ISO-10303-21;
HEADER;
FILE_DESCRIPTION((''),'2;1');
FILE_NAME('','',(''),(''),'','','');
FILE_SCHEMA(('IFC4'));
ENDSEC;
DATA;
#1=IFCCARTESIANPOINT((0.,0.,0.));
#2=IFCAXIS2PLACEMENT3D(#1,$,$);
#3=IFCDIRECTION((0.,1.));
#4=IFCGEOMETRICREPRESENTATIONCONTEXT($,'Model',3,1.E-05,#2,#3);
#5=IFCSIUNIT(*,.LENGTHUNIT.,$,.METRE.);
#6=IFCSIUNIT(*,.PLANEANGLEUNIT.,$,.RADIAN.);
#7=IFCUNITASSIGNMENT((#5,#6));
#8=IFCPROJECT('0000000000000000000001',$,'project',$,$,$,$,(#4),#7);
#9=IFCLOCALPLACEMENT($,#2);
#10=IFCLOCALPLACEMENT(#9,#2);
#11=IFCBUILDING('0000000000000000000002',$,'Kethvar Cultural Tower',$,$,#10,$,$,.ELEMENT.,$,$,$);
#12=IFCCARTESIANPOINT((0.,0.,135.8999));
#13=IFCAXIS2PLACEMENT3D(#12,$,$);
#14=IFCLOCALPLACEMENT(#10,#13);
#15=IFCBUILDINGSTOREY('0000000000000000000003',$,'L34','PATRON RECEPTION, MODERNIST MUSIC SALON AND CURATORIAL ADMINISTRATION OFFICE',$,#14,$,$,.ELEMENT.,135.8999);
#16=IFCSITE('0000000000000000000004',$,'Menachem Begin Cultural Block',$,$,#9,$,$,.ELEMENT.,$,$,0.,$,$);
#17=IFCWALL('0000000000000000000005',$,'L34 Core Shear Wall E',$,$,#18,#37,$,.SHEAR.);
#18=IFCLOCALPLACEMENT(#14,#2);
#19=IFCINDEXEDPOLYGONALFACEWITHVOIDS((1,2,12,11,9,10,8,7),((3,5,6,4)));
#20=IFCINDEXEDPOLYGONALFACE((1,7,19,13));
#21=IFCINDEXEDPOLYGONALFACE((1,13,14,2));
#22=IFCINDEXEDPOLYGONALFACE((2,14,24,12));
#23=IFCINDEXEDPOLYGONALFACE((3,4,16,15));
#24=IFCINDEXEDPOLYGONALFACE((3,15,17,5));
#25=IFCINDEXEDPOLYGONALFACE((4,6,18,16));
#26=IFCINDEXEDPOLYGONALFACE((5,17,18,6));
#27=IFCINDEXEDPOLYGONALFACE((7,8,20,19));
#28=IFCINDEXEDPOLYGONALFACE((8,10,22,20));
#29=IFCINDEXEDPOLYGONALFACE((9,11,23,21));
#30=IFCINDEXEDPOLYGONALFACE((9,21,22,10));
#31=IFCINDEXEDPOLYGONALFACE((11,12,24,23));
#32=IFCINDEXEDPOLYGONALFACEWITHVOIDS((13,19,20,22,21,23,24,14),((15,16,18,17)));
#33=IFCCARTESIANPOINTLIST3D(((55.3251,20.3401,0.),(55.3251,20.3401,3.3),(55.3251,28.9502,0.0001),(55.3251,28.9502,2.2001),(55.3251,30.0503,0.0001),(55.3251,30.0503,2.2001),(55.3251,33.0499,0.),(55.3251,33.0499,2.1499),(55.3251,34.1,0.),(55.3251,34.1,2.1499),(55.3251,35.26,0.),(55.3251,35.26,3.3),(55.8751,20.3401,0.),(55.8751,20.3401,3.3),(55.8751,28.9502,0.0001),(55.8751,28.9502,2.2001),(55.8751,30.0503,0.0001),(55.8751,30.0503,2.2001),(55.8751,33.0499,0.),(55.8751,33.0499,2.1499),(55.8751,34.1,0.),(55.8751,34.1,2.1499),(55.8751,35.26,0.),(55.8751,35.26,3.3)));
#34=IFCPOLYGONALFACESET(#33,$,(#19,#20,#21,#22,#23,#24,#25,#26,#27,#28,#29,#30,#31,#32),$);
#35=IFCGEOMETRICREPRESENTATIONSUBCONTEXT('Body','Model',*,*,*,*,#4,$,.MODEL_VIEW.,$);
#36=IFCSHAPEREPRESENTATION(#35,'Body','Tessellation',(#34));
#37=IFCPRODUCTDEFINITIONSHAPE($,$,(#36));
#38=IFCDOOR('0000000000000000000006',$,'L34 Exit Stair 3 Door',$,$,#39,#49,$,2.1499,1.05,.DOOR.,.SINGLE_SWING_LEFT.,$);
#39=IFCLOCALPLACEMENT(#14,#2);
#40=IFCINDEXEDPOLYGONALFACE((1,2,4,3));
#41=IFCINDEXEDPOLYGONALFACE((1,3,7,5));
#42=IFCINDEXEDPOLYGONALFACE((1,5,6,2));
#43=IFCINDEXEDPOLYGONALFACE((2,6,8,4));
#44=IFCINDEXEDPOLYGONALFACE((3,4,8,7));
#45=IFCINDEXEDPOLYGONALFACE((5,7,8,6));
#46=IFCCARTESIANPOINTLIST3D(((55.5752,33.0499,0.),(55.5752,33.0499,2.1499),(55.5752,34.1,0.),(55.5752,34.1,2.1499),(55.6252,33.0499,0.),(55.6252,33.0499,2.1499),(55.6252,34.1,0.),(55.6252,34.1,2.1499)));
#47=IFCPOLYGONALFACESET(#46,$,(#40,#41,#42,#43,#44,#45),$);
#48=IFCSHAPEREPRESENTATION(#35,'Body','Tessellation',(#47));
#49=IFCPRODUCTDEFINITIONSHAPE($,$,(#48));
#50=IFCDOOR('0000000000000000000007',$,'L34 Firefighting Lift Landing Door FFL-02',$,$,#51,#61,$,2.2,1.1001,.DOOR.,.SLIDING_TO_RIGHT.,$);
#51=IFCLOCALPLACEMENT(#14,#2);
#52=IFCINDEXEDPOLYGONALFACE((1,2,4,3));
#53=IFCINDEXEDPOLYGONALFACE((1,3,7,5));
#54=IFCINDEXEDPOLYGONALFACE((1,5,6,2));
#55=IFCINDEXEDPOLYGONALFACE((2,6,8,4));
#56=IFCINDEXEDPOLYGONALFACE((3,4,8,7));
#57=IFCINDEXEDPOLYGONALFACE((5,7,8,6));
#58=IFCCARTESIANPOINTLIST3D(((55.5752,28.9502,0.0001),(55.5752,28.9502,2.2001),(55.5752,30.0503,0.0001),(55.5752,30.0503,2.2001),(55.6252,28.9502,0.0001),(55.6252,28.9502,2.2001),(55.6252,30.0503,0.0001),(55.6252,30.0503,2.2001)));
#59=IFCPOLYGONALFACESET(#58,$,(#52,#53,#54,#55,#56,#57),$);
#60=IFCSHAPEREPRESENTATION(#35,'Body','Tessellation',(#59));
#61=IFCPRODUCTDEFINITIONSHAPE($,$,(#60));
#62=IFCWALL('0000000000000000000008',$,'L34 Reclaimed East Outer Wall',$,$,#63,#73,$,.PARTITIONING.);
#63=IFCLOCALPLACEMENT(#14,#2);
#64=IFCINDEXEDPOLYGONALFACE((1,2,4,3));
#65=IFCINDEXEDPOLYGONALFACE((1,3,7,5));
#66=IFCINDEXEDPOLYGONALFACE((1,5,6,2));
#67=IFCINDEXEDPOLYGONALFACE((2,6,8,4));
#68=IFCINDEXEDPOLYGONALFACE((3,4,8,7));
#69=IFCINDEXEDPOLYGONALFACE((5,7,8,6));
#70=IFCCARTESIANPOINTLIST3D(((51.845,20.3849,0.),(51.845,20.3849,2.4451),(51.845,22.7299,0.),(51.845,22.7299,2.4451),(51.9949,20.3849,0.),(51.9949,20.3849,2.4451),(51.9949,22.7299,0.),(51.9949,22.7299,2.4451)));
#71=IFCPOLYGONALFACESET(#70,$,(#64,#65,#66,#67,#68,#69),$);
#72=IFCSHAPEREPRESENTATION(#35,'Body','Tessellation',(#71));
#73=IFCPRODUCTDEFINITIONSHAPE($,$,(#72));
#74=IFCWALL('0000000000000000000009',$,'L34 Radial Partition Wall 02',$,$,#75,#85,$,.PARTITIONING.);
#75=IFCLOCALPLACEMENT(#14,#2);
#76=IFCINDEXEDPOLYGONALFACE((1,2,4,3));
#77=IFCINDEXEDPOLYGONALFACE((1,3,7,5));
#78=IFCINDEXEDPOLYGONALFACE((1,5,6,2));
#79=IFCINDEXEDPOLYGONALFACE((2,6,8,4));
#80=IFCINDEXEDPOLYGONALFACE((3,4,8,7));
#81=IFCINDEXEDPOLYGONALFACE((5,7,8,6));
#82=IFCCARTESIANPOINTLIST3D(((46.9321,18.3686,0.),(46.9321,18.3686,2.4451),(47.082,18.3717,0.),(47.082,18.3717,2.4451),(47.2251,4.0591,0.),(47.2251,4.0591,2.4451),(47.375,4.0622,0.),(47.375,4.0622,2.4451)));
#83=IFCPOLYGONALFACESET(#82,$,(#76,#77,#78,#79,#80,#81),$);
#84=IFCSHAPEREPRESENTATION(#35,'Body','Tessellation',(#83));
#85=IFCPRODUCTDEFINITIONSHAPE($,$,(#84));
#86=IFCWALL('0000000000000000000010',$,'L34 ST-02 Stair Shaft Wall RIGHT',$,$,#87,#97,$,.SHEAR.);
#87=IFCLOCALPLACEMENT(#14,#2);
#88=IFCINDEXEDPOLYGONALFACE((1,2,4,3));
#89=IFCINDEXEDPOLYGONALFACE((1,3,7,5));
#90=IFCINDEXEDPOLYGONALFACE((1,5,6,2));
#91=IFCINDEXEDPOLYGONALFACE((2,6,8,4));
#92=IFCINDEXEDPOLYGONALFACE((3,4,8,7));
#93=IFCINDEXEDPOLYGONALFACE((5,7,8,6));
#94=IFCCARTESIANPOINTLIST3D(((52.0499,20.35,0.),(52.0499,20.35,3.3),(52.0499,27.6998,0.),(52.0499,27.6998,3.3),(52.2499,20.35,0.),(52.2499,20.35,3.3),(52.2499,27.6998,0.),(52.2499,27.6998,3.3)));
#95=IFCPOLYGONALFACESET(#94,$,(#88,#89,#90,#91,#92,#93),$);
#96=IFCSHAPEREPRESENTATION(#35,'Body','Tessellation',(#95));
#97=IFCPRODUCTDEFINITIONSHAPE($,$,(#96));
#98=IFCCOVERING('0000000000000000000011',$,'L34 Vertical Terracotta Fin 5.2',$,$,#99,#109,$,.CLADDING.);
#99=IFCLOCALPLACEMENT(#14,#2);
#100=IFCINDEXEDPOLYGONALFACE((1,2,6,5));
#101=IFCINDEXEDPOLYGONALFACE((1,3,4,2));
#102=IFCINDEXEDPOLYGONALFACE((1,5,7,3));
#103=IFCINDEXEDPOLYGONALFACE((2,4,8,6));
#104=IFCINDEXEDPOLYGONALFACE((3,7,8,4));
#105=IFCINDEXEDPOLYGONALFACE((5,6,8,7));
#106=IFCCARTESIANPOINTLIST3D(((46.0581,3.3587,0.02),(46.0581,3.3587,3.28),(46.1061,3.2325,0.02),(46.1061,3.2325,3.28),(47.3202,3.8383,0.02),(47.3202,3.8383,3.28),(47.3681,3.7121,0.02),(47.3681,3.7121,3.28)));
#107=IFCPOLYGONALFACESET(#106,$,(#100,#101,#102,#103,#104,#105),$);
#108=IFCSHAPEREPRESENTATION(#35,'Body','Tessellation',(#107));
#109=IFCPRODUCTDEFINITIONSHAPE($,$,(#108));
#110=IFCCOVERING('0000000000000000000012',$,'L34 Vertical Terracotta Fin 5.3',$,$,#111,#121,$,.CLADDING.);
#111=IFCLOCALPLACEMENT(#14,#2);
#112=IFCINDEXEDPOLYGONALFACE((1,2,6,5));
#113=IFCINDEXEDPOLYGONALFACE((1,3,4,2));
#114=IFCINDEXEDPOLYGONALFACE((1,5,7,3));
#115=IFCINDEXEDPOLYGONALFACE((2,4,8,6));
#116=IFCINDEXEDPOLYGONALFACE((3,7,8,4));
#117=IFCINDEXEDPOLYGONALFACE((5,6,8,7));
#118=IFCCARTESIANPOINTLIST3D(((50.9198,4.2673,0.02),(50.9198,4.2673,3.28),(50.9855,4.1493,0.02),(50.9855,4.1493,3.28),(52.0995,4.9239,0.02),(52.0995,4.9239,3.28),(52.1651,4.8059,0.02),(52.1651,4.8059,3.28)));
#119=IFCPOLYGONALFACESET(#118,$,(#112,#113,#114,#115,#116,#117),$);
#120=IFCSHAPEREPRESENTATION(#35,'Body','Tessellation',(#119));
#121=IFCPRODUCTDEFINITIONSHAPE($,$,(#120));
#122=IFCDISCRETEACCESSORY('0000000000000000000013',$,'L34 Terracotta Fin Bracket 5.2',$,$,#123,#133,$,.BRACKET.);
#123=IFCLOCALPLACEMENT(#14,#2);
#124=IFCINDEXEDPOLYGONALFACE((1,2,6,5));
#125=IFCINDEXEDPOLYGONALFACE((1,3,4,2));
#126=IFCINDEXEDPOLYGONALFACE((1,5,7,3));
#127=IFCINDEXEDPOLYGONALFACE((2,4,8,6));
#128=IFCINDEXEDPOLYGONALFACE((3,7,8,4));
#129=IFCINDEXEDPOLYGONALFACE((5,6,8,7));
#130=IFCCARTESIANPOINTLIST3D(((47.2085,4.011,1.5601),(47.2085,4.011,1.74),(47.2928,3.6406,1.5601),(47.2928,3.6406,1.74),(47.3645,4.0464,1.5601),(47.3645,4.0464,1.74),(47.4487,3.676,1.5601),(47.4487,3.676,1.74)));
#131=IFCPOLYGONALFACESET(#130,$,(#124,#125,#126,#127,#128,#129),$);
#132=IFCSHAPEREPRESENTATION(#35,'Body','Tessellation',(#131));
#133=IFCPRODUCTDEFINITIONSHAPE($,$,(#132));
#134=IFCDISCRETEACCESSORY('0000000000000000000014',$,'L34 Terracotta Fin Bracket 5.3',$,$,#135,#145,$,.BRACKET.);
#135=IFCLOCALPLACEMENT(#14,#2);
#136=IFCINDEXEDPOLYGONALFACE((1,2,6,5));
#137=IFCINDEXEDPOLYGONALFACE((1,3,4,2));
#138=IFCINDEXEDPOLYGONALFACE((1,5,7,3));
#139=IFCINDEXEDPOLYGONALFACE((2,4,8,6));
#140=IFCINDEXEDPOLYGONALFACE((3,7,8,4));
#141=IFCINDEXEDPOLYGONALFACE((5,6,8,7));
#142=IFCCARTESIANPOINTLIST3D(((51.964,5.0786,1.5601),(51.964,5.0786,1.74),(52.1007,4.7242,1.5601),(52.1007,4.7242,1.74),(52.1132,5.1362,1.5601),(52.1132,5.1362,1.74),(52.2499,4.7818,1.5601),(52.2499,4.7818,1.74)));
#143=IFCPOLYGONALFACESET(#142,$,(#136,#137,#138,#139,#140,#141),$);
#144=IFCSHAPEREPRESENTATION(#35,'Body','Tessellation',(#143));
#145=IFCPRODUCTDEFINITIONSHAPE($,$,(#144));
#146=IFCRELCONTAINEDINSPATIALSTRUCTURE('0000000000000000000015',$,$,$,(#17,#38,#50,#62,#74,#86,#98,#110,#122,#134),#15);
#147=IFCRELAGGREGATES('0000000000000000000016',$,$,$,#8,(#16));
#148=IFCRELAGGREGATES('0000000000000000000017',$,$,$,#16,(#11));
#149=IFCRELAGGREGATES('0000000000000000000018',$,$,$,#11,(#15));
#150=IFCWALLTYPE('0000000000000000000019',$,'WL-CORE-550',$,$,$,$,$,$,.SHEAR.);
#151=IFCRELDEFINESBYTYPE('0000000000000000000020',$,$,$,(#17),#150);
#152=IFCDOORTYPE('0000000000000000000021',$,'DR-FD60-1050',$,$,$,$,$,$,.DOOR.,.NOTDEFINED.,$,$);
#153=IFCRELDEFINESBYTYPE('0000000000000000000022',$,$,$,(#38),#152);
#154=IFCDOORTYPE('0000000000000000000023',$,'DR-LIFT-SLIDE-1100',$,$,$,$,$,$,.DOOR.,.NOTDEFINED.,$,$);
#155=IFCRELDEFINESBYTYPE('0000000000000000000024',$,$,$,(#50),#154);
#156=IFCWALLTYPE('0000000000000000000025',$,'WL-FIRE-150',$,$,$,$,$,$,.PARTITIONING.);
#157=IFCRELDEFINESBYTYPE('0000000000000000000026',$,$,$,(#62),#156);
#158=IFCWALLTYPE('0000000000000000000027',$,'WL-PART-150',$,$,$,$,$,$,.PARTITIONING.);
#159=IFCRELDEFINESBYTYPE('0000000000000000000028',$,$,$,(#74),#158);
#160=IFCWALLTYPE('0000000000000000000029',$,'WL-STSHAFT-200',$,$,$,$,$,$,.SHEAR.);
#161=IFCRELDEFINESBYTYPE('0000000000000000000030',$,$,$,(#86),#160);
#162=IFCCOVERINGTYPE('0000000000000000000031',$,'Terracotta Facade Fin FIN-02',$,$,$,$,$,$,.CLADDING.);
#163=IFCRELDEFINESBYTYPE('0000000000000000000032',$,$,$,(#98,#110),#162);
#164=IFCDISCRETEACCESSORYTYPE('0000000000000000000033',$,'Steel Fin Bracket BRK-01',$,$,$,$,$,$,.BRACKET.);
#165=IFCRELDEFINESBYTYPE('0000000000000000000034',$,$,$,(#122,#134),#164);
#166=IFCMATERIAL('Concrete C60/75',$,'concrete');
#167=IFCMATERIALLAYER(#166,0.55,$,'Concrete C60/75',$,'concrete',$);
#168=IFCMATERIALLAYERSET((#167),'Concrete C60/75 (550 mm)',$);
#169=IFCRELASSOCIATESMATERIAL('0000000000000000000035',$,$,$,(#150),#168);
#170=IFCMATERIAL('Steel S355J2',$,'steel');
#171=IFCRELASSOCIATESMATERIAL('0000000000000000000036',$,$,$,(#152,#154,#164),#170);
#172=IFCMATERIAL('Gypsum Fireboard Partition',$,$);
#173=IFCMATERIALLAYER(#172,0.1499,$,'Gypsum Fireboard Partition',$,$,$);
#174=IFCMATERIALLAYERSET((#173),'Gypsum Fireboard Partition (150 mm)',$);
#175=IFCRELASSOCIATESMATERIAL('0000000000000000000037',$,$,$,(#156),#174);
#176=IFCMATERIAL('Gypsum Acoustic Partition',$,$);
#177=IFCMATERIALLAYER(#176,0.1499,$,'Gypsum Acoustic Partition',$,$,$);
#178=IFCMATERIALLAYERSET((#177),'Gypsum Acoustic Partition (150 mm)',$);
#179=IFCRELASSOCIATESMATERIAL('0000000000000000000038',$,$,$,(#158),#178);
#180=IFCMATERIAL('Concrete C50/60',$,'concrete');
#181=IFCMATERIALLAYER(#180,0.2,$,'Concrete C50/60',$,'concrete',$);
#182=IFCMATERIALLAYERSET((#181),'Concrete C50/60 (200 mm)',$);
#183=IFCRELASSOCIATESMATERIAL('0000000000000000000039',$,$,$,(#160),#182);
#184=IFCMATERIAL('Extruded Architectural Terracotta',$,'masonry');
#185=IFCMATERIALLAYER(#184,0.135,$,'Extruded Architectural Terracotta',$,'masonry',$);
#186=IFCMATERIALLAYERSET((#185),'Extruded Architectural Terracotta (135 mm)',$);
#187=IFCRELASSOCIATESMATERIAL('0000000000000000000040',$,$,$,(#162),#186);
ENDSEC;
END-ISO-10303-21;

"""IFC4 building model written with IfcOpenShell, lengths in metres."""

from ifc_helpers import new_model, si_unit, direction, frame, frame_2d, origin, origin_2d, place, context, subcontext, project, spatial, rectangle, extrude, source, transform, mapped, material, layer, layer_set, type_object, element, fill, save


model = new_model("IFC4")

# Units and contexts
model_context = context("Model", 3, precision=1e-05, world=origin(), true_north=direction((0.0, 1.0)))
body_context = subcontext(model_context, "Body", "Model", "MODEL_VIEW")
ifc_project = project(units=[si_unit("LENGTHUNIT", "METRE"), si_unit("PLANEANGLEUNIT", "RADIAN")], contexts=[model_context])

# Site, building, storey
site_placement = place(None, origin())
site = spatial("IfcSite", under=ifc_project, at=site_placement, Name="Menachem Begin Cultural Block", CompositionType="ELEMENT", RefElevation=0.0)
building_placement = place(site_placement, origin())
building = spatial("IfcBuilding", under=site, at=building_placement, Name="Kethvar Cultural Tower", CompositionType="ELEMENT")
storey_placement = place(building_placement, frame((0.0, 0.0, 135.8999)))
storey = spatial("IfcBuildingStorey", under=building, at=storey_placement, Name="L34", Description="PATRON RECEPTION, MODERNIST MUSIC SALON AND CURATORIAL ADMINISTRATION OFFICE", CompositionType="ELEMENT", Elevation=135.8999)

# Shared definitions
ifc_material_1 = material(Name="Steel S355J2", Category="steel")

# Wall, openings, doors
ifc_material_2 = material(Name="Concrete C60/75", Category="concrete")
ifc_layer_1 = layer(ifc_material_2, 0.55, Name="Concrete C60/75", Category="concrete")
ifc_layer_set_1 = layer_set([ifc_layer_1], Name="Concrete C60/75 (550 mm)")
wall_type_1 = type_object("IfcWallType", Name="WL-CORE-550", PredefinedType="SHEAR", material=ifc_layer_set_1)
wall_1_placement = place(storey_placement, frame((55.6001, 20.3401, 0.0), z_axis=(0.0, 0.0, 1.0), x_axis=(0.0, 1.0, 0.0)))
wall_1 = element("IfcWall", 1, at=wall_1_placement, inside=storey, type_object=wall_type_1, Name="L34 Core Shear Wall E", PredefinedType="SHEAR", context=body_context, shape_type="SweptSolid", body=[
    extrude(rectangle(XDim=14.9199, YDim=0.55, at=frame_2d((7.46, 0.0))), origin(), (0.0, 0.0, 1.0), 3.3),
])
opening_1_placement = place(wall_1_placement, frame((12.71, 0.0, 0.0)))
opening_1 = element("IfcOpeningElement", 2, at=opening_1_placement, cuts=wall_1, PredefinedType="OPENING", context=body_context, shape_type="SweptSolid", body=[
    extrude(rectangle(XDim=1.05, YDim=2.1499, at=frame_2d((0.5249, 1.075))), frame((0.0, 0.2849, 0.0), z_axis=(0.0, -1.0, 0.0), x_axis=(1.0, 0.0, 0.0)), (0.0, 0.0, 1.0), 0.5701),
])
opening_2_placement = place(wall_1_placement, frame((8.6101, 0.0, 0.0)))
opening_2 = element("IfcOpeningElement", 3, at=opening_2_placement, cuts=wall_1, PredefinedType="OPENING", context=body_context, shape_type="SweptSolid", body=[
    extrude(rectangle(XDim=1.1001, YDim=2.2, at=frame_2d((0.55, 1.1001))), frame((0.0, 0.2849, 0.0), z_axis=(0.0, -1.0, 0.0), x_axis=(1.0, 0.0, 0.0)), (0.0, 0.0, 1.0), 0.5701),
])
door_type_1 = type_object("IfcDoorType", Name="DR-FD60-1050", OperationType="NOTDEFINED", PredefinedType="DOOR", material=ifc_material_1)
shared_shape_1 = source(origin(), body_context, "Body", "SweptSolid", [
    extrude(rectangle(XDim=1.05, YDim=2.1499, at=frame_2d((0.5249, 1.075))), frame((0.0, 0.0249, 0.0), z_axis=(0.0, -1.0, 0.0), x_axis=(1.0, 0.0, 0.0)), (0.0, 0.0, 1.0), 0.05),
])
door_1_placement = place(opening_1_placement, origin())
door_1 = element("IfcDoor", 4, at=door_1_placement, inside=storey, type_object=door_type_1, Name="L34 Exit Stair 3 Door", OperationType="SINGLE_SWING_LEFT", OverallHeight=2.1499, OverallWidth=1.05, PredefinedType="DOOR", context=body_context, shape_type="MappedRepresentation", body=[
    mapped(shared_shape_1, transform((0.0, 0.0, 0.0), scale=1.0)),
])
fill(opening_1, door_1)
door_type_2 = type_object("IfcDoorType", Name="DR-LIFT-SLIDE-1100", OperationType="NOTDEFINED", PredefinedType="DOOR", material=ifc_material_1)
shared_shape_2 = source(origin(), body_context, "Body", "SweptSolid", [
    extrude(rectangle(XDim=1.1001, YDim=2.2, at=frame_2d((0.55, 1.1001))), frame((0.0, 0.0249, 0.0), z_axis=(0.0, -1.0, 0.0), x_axis=(1.0, 0.0, 0.0)), (0.0, 0.0, 1.0), 0.05),
])
door_2_placement = place(opening_2_placement, origin())
door_2 = element("IfcDoor", 5, at=door_2_placement, inside=storey, type_object=door_type_2, Name="L34 Firefighting Lift Landing Door FFL-02", OperationType="SLIDING_TO_RIGHT", OverallHeight=2.2, OverallWidth=1.1001, PredefinedType="DOOR", context=body_context, shape_type="MappedRepresentation", body=[
    mapped(shared_shape_2, transform((0.0, 0.0, 0.0), scale=1.0)),
])
fill(opening_2, door_2)

# Walls
ifc_material_3 = material(Name="Gypsum Fireboard Partition")
ifc_layer_2 = layer(ifc_material_3, 0.1499, Name="Gypsum Fireboard Partition")
ifc_layer_set_2 = layer_set([ifc_layer_2], Name="Gypsum Fireboard Partition (150 mm)")
wall_type_2 = type_object("IfcWallType", Name="WL-FIRE-150", PredefinedType="PARTITIONING", material=ifc_layer_set_2)
wall_2_placement = place(storey_placement, frame((51.9199, 20.385, 0.0), z_axis=(0.0, 0.0, 1.0), x_axis=(0.0, 1.0, 0.0)))
element("IfcWall", 6, at=wall_2_placement, inside=storey, type_object=wall_type_2, Name="L34 Reclaimed East Outer Wall", PredefinedType="PARTITIONING", context=body_context, shape_type="SweptSolid", body=[
    extrude(rectangle(XDim=2.345, YDim=0.1499, at=frame_2d((1.1724, 0.0))), origin(), (0.0, 0.0, 1.0), 2.4451),
])
ifc_material_4 = material(Name="Gypsum Acoustic Partition")
ifc_layer_3 = layer(ifc_material_4, 0.1499, Name="Gypsum Acoustic Partition")
ifc_layer_set_3 = layer_set([ifc_layer_3], Name="Gypsum Acoustic Partition (150 mm)")
wall_type_3 = type_object("IfcWallType", Name="WL-PART-150", PredefinedType="PARTITIONING", material=ifc_layer_set_3)
wall_3_placement = place(storey_placement, frame((47.0071, 18.3701, 0.0), z_axis=(0.0, 0.0, 1.0), x_axis=(0.020469, -0.99979, 0.0)))
element("IfcWall", 7, at=wall_3_placement, inside=storey, type_object=wall_type_3, Name="L34 Radial Partition Wall 02", PredefinedType="PARTITIONING", context=body_context, shape_type="SweptSolid", body=[
    extrude(rectangle(XDim=14.3125, YDim=0.1499, at=frame_2d((7.1562, 0.0))), origin(), (0.0, 0.0, 1.0), 2.4451),
])
ifc_material_5 = material(Name="Concrete C50/60", Category="concrete")
ifc_layer_4 = layer(ifc_material_5, 0.2, Name="Concrete C50/60", Category="concrete")
ifc_layer_set_4 = layer_set([ifc_layer_4], Name="Concrete C50/60 (200 mm)")
wall_type_4 = type_object("IfcWallType", Name="WL-STSHAFT-200", PredefinedType="SHEAR", material=ifc_layer_set_4)
wall_4_placement = place(storey_placement, frame((52.1499, 20.3501, 0.0), z_axis=(0.0, 0.0, 1.0), x_axis=(0.0, 1.0, 0.0)))
element("IfcWall", 8, at=wall_4_placement, inside=storey, type_object=wall_type_4, Name="L34 ST-02 Stair Shaft Wall RIGHT", PredefinedType="SHEAR", context=body_context, shape_type="SweptSolid", body=[
    extrude(rectangle(XDim=7.3499, YDim=0.2, at=frame_2d((3.6748, 0.0))), origin(), (0.0, 0.0, 1.0), 3.3),
])

# Coverings
ifc_material_6 = material(Name="Extruded Architectural Terracotta", Category="masonry")
ifc_layer_5 = layer(ifc_material_6, 0.135, Name="Extruded Architectural Terracotta", Category="masonry")
ifc_layer_set_5 = layer_set([ifc_layer_5], Name="Extruded Architectural Terracotta (135 mm)")
covering_type = type_object("IfcCoveringType", Name="Terracotta Facade Fin FIN-02", PredefinedType="CLADDING", material=ifc_layer_set_5)
shared_shape_3 = source(origin(), body_context, "Body", "SweptSolid", [
    extrude(rectangle(XDim=1.3501, YDim=0.135, at=origin_2d()), origin(), (0.0, 0.0, 1.0), 3.26),
])
for number, where, z_axis, x_axis, name in (
    (9, (46.7131, 3.5354, 0.02), (0.0, 0.0, 1.0), (-0.934764, -0.35527, 0.0), "L34 Vertical Terracotta Fin 5.2"),
    (10, (51.5425, 4.5366, 0.02), (0.0, 0.0, 1.0), (-0.873772, -0.486335, 0.0), "L34 Vertical Terracotta Fin 5.3"),
):
    element("IfcCovering", number, at=place(storey_placement, frame(where, z_axis=z_axis, x_axis=x_axis)), inside=storey, type_object=covering_type, Name=name, PredefinedType="CLADDING", context=body_context, shape_type="MappedRepresentation", body=[
        mapped(shared_shape_3, transform((0.0, 0.0, 0.0), scale=1.0)),
    ])

# Discrete accessories
discrete_accessory_type = type_object("IfcDiscreteAccessoryType", Name="Steel Fin Bracket BRK-01", PredefinedType="BRACKET", material=ifc_material_1)
shared_shape_4 = source(origin(), body_context, "Body", "SweptSolid", [
    extrude(rectangle(XDim=0.3799, YDim=0.1599, at=origin_2d()), origin(), (0.0, 0.0, 1.0), 0.1799),
])
for number, where, z_axis, x_axis, name in (
    (11, (47.3286, 3.8435, 1.5601), (0.0, 0.0, 1.0), (0.221719, -0.975111, 0.0), "L34 Terracotta Fin Bracket 5.2"),
    (12, (52.1069, 4.9302, 1.5601), (0.0, 0.0, 1.0), (0.359997, -0.932954, 0.0), "L34 Terracotta Fin Bracket 5.3"),
):
    element("IfcDiscreteAccessory", number, at=place(storey_placement, frame(where, z_axis=z_axis, x_axis=x_axis)), inside=storey, type_object=discrete_accessory_type, Name=name, PredefinedType="BRACKET", context=body_context, shape_type="MappedRepresentation", body=[
        mapped(shared_shape_4, transform((0.0, 0.0, 0.0), scale=1.0)),
    ])

save(model, "model.ifc")
